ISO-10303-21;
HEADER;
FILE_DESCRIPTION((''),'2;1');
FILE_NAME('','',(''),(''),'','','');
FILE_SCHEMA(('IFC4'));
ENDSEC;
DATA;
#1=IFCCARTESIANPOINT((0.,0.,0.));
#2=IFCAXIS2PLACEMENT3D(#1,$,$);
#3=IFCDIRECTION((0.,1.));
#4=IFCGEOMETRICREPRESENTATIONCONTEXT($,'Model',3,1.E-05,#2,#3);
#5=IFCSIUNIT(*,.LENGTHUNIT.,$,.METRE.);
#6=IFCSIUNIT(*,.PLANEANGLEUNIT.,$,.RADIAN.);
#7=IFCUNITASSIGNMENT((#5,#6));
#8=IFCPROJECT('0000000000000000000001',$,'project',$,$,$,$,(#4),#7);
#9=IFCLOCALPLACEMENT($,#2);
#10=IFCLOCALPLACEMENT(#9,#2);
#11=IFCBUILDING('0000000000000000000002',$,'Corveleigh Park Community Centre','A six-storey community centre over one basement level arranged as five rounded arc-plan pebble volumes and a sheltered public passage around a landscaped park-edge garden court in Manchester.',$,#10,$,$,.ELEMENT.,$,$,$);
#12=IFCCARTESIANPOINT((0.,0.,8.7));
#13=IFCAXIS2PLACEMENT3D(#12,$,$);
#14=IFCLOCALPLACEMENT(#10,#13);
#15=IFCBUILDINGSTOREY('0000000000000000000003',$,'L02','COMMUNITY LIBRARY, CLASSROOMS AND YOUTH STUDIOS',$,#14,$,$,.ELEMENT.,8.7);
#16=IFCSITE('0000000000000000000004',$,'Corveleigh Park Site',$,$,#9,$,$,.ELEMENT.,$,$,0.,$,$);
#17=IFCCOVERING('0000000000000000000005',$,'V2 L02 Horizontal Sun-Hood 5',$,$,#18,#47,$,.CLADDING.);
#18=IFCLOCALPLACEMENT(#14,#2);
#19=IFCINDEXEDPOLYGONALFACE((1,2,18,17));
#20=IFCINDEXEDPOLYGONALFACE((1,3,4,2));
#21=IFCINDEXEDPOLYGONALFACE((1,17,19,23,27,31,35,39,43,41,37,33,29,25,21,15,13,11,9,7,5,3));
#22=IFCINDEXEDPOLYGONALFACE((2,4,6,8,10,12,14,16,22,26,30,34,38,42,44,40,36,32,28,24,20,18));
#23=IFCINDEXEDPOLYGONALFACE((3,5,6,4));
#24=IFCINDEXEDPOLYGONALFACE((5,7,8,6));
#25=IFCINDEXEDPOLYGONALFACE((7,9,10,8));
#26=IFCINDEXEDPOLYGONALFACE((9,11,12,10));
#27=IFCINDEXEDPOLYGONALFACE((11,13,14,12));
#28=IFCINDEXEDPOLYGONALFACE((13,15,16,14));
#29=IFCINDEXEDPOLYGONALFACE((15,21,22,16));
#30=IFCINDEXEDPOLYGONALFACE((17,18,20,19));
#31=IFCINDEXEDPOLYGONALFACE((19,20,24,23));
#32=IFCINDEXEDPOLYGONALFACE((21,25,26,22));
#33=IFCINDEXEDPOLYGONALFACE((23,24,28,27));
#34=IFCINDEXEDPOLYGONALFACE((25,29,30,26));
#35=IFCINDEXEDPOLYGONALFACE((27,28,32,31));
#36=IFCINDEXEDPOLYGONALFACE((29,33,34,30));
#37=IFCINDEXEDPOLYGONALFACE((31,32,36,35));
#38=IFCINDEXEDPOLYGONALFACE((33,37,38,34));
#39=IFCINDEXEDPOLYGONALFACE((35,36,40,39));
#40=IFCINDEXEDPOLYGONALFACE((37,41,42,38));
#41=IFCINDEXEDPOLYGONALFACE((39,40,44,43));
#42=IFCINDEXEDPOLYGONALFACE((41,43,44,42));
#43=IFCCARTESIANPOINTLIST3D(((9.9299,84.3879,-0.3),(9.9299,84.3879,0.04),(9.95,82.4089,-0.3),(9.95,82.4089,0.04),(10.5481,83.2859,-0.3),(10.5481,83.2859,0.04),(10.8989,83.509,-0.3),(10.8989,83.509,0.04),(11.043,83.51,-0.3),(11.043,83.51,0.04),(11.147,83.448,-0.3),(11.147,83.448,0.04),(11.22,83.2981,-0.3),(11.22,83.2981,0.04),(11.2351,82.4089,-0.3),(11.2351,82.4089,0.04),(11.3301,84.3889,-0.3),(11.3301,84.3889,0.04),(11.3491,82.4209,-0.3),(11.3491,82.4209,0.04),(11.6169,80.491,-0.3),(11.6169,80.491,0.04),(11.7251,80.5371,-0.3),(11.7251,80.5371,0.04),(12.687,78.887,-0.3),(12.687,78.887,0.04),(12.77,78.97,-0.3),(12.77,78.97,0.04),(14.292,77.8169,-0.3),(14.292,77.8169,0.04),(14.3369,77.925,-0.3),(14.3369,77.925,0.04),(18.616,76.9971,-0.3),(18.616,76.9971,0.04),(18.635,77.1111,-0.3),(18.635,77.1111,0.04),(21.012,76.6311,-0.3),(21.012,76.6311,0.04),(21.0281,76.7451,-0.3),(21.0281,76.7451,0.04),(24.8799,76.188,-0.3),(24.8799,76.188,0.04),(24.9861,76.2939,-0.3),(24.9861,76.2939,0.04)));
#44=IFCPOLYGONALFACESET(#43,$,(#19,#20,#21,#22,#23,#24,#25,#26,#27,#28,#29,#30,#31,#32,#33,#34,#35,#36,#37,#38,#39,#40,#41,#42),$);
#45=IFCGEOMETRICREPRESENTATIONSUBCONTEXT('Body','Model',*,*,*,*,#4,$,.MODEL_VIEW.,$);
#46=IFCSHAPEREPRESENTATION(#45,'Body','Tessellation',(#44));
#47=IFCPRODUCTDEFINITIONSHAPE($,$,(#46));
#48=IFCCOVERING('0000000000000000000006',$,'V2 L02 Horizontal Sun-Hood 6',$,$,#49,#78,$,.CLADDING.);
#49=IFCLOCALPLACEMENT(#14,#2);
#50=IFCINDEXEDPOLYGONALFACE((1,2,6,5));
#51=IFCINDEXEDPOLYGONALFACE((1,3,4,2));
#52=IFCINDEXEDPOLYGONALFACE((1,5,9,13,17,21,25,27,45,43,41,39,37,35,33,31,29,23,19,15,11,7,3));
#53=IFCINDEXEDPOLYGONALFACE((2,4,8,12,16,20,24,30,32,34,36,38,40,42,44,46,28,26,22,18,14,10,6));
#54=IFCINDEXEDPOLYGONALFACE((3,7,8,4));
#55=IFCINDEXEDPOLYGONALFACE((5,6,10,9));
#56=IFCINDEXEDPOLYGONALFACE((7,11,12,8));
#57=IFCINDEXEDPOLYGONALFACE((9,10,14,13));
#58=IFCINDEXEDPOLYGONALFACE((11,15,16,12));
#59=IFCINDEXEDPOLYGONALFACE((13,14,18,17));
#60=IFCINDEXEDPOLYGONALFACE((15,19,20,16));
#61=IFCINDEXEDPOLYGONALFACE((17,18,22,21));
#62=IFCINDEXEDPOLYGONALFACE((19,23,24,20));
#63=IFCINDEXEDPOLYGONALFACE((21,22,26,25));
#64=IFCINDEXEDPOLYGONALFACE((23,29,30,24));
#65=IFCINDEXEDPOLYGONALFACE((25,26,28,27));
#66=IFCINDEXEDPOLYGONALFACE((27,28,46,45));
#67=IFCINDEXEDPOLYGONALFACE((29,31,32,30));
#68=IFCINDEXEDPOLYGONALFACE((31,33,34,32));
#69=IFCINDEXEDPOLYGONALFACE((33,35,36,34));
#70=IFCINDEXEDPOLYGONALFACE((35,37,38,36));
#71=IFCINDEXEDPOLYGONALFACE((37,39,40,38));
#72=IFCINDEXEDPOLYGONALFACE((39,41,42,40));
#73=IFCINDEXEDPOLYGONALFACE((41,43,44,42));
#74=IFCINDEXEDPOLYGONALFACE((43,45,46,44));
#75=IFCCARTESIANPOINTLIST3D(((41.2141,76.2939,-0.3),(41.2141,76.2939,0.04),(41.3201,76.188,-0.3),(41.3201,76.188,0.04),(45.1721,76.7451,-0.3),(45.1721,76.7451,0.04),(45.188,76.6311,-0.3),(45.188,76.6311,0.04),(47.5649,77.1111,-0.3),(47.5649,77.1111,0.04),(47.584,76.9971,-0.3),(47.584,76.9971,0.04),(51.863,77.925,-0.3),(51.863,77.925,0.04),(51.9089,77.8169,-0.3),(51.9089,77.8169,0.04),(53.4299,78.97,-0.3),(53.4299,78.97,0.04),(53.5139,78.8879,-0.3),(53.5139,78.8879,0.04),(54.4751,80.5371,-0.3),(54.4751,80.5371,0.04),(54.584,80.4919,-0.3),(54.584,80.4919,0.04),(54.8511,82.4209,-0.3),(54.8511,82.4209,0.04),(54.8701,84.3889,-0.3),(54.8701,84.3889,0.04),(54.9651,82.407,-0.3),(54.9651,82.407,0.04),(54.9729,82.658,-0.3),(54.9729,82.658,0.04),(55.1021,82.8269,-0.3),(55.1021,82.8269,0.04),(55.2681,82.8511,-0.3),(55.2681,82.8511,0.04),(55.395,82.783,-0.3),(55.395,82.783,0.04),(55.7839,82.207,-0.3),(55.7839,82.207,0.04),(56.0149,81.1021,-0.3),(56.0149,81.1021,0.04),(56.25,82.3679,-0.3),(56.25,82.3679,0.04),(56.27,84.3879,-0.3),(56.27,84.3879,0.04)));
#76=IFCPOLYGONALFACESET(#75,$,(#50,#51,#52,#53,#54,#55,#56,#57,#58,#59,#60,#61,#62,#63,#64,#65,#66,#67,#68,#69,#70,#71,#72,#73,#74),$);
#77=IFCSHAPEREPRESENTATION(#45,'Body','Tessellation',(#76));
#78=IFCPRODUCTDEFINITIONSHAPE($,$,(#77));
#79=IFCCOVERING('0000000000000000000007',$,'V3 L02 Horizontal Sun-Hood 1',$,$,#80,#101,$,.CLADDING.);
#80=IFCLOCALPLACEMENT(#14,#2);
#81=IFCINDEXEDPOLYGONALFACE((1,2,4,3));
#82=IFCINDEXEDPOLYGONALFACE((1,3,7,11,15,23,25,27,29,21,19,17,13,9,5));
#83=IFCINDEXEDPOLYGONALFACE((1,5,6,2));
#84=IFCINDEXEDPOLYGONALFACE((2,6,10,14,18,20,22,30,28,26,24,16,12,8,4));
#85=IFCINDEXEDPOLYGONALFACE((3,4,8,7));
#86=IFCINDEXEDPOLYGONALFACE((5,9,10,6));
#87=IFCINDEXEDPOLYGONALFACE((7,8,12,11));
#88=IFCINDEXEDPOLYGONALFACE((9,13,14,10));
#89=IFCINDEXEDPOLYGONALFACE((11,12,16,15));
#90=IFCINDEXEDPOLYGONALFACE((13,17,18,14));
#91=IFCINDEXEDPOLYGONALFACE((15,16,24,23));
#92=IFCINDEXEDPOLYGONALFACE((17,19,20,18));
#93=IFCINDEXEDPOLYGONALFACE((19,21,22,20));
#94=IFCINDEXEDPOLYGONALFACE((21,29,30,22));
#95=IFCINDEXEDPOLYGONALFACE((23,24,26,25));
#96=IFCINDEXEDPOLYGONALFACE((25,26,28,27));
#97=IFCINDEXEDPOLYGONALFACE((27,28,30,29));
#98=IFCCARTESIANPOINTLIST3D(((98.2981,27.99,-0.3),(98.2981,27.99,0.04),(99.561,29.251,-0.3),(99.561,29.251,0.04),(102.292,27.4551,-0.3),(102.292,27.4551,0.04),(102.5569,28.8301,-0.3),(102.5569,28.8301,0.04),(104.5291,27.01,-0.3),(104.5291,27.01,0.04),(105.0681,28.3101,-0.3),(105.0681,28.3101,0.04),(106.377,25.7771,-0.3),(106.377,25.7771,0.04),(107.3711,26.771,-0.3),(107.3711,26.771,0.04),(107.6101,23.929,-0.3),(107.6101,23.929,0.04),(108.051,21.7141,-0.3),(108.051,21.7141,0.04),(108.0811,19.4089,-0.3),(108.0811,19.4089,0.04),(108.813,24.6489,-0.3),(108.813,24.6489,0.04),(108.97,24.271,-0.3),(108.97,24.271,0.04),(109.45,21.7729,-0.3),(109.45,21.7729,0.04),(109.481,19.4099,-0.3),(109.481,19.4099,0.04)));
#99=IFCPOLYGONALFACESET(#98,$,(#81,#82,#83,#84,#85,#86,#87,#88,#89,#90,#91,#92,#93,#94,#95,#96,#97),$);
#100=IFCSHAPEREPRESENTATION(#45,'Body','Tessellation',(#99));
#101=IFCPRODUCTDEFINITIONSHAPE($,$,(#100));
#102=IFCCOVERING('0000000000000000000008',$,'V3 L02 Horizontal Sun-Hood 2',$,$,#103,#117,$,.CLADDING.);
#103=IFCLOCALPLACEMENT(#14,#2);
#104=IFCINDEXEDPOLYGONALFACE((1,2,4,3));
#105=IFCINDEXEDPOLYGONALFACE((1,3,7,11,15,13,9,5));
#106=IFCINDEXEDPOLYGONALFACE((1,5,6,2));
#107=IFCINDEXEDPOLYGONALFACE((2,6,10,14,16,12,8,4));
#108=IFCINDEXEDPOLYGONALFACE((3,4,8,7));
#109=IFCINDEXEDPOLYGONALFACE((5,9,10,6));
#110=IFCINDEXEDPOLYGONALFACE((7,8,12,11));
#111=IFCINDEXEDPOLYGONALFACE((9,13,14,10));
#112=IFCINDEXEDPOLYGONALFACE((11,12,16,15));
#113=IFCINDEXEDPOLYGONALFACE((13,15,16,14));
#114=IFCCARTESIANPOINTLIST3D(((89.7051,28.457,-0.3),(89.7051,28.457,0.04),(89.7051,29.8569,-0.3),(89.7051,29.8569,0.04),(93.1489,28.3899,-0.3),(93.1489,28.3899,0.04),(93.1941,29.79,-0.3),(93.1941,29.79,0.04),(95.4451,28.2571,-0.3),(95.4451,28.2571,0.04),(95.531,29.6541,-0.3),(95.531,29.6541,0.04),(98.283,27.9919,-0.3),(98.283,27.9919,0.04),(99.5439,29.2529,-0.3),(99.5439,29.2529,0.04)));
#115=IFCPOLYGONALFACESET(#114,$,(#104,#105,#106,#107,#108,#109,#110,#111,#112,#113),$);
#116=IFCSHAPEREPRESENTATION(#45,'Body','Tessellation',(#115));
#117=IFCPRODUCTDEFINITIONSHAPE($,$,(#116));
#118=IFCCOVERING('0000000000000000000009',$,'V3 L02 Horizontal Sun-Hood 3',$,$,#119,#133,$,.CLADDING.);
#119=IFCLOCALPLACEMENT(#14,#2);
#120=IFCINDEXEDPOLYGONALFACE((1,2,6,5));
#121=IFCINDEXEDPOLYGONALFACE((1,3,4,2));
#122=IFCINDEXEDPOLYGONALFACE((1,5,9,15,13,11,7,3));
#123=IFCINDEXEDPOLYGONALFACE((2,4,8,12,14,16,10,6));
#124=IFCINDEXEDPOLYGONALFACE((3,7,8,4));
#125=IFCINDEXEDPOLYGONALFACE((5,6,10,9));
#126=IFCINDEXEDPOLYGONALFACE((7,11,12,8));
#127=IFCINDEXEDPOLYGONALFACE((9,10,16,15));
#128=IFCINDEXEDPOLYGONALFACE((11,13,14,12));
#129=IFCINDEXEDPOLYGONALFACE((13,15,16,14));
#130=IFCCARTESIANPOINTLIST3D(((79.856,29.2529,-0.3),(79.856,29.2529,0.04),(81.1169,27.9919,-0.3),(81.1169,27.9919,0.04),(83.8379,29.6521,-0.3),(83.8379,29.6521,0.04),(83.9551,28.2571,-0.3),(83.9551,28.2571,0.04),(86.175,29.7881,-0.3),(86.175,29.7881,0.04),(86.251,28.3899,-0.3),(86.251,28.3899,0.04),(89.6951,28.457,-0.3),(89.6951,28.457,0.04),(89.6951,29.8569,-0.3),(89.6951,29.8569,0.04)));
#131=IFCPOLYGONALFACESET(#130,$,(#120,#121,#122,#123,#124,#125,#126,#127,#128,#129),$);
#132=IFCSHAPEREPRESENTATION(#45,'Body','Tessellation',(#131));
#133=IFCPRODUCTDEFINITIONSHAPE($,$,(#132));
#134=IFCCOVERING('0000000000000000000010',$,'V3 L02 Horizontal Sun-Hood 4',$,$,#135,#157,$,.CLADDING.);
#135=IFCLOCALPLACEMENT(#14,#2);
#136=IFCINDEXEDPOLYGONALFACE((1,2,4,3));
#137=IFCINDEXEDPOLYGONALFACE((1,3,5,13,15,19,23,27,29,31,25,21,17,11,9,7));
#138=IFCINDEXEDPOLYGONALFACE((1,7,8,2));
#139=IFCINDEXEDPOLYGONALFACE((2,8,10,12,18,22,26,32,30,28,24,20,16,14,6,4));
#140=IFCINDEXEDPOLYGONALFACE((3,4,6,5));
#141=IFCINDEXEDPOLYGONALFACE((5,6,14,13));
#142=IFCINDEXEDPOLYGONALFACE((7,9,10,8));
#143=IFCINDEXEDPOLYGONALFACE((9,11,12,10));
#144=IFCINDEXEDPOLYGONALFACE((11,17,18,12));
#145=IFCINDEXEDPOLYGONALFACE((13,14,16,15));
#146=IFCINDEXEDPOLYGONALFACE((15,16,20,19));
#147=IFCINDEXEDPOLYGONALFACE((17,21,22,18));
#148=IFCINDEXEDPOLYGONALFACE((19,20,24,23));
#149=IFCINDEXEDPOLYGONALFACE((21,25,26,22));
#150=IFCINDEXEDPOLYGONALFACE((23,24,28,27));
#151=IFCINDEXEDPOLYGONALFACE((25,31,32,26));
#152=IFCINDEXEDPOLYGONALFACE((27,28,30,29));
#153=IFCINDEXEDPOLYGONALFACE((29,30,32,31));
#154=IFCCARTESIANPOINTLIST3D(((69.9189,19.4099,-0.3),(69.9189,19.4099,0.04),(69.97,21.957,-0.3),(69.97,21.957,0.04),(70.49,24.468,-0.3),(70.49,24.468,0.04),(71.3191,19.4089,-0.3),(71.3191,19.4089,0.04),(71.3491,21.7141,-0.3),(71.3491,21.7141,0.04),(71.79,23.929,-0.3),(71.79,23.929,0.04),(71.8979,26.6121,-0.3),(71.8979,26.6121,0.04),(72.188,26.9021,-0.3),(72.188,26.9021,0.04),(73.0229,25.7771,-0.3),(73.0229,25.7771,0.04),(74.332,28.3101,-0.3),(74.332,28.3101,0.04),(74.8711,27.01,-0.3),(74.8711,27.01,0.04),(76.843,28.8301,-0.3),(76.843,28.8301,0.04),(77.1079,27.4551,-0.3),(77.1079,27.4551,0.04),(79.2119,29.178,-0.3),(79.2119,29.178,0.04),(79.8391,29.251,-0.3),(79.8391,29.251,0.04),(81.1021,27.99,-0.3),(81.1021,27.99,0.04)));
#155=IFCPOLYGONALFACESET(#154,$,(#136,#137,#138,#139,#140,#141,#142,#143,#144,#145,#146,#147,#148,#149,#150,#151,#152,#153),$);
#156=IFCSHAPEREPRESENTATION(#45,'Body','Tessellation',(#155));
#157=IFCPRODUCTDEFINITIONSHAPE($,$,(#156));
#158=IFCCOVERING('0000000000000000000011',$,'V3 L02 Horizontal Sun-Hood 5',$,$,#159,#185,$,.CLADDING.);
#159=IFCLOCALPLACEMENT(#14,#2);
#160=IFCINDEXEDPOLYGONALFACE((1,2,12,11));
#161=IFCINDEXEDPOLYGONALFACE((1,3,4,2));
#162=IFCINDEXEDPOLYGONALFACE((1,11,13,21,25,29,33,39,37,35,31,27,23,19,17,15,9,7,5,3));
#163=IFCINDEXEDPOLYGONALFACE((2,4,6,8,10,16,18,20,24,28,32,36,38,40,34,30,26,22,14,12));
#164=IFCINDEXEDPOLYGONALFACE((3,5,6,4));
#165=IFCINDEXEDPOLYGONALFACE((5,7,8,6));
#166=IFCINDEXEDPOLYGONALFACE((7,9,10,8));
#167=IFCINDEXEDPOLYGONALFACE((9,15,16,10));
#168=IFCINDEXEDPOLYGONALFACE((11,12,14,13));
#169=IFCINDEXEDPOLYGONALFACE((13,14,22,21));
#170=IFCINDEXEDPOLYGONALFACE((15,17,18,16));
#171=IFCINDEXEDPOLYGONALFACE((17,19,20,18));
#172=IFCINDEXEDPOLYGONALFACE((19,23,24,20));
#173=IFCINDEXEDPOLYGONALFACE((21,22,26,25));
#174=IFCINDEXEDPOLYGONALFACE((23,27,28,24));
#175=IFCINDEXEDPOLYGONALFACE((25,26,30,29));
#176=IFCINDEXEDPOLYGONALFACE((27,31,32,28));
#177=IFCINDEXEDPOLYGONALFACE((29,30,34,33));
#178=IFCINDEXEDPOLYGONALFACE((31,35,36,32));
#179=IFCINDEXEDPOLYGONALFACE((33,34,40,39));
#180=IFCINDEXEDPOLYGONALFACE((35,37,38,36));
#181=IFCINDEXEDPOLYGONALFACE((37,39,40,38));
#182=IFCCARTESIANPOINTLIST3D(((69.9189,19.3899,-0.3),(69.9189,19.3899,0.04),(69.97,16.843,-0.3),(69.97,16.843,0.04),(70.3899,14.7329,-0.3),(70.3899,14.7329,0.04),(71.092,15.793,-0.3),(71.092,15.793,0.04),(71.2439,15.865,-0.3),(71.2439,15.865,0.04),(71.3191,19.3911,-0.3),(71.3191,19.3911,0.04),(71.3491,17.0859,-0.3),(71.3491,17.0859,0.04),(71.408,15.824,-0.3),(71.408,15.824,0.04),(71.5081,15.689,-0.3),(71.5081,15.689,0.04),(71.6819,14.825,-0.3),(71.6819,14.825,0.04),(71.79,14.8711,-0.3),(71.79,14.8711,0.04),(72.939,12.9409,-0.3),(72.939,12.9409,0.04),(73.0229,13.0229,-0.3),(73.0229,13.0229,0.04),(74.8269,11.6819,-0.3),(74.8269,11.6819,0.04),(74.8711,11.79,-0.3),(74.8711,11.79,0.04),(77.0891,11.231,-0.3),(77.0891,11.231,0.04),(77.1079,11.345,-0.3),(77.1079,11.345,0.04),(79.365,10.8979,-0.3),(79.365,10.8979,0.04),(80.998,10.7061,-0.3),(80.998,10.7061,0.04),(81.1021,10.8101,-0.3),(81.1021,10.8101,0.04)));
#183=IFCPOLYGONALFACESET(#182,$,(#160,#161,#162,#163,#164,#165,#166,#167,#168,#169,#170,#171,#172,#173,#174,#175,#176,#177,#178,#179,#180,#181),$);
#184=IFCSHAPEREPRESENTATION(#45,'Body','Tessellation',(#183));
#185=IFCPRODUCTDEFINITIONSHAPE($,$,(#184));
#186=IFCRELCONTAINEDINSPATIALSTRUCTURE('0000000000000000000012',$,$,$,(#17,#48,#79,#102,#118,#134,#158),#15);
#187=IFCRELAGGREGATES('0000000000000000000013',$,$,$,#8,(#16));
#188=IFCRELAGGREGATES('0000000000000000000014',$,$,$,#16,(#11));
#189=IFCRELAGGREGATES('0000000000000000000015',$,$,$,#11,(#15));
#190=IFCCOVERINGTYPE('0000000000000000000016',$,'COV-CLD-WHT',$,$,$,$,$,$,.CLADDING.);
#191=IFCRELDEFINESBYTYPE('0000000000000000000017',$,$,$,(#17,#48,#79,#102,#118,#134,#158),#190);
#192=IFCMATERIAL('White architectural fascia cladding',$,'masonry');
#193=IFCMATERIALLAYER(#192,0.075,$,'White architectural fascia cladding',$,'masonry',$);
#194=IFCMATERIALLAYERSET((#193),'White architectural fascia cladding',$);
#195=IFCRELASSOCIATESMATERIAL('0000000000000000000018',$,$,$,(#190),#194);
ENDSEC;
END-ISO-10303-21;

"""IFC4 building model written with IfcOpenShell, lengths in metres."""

from ifc_helpers import new_model, si_unit, direction, frame, origin, place, context, subcontext, project, spatial, polyline, outline, extrude, material, layer, layer_set, type_object, element, save


model = new_model("IFC4")

# Units and contexts
model_context = context("Model", 3, precision=1e-05, world=origin(), true_north=direction((0.0, 1.0)))
body_context = subcontext(model_context, "Body", "Model", "MODEL_VIEW")
ifc_project = project(units=[si_unit("LENGTHUNIT", "METRE"), si_unit("PLANEANGLEUNIT", "RADIAN")], contexts=[model_context])

# Site, building, storey
site_placement = place(None, origin())
site = spatial("IfcSite", under=ifc_project, at=site_placement, Name="Corveleigh Park Site", CompositionType="ELEMENT", RefElevation=0.0)
building_placement = place(site_placement, origin())
building = spatial("IfcBuilding", under=site, at=building_placement, Name="Corveleigh Park Community Centre", Description="A six-storey community centre over one basement level arranged as five rounded arc-plan pebble volumes and a sheltered public passage around a landscaped park-edge garden court in Manchester.", CompositionType="ELEMENT")
storey_placement = place(building_placement, frame((0.0, 0.0, 8.7)))
storey = spatial("IfcBuildingStorey", under=building, at=storey_placement, Name="L02", Description="COMMUNITY LIBRARY, CLASSROOMS AND YOUTH STUDIOS", CompositionType="ELEMENT", Elevation=8.7)

# Coverings
ifc_material_1 = material(Name="White architectural fascia cladding", Category="masonry")
ifc_layer_1 = layer(ifc_material_1, 0.075, Name="White architectural fascia cladding", Category="masonry")
ifc_layer_set_1 = layer_set([ifc_layer_1], Name="White architectural fascia cladding")
covering_type = type_object("IfcCoveringType", Name="COV-CLD-WHT", PredefinedType="CLADDING", material=ifc_layer_set_1)
covering_1_placement = place(storey_placement, frame((0.0, 0.0, -0.3)))
element("IfcCovering", 1, at=covering_1_placement, inside=storey, type_object=covering_type, Name="V2 L02 Horizontal Sun-Hood 5", PredefinedType="CLADDING", context=body_context, shape_type="SweptSolid", body=[
    extrude(outline(polyline([(9.9299, 84.3879), (11.3301, 84.3889), (11.3491, 82.4209), (11.7251, 80.5371), (12.77, 78.97), (14.3369, 77.925), (18.635, 77.1111), (21.0281, 76.7451), (24.9861, 76.2939), (24.8799, 76.188), (21.012, 76.6311), (18.616, 76.9971), (14.292, 77.8169), (12.687, 78.887), (11.6169, 80.491), (11.2351, 82.4089), (11.22, 83.2981), (11.147, 83.448), (11.043, 83.51), (10.8989, 83.509), (10.5481, 83.2859), (9.95, 82.4089), (9.9299, 84.3879)])), origin(), (0.0, 0.0, 1.0), 0.3401),
])
covering_2_placement = place(storey_placement, frame((0.0, 0.0, -0.3)))
element("IfcCovering", 2, at=covering_2_placement, inside=storey, type_object=covering_type, Name="V2 L02 Horizontal Sun-Hood 6", PredefinedType="CLADDING", context=body_context, shape_type="SweptSolid", body=[
    extrude(outline(polyline([(56.27, 84.3879), (56.25, 82.3679), (56.0149, 81.1021), (55.7839, 82.207), (55.395, 82.783), (55.2681, 82.8511), (55.1021, 82.8269), (54.9729, 82.658), (54.9651, 82.407), (54.584, 80.4919), (53.5139, 78.8879), (51.9089, 77.8169), (47.584, 76.9971), (45.188, 76.6311), (41.3201, 76.188), (41.2141, 76.2939), (45.1721, 76.7451), (47.5649, 77.1111), (51.863, 77.925), (53.4299, 78.97), (54.4751, 80.5371), (54.8511, 82.4209), (54.8701, 84.3889), (56.27, 84.3879)])), origin(), (0.0, 0.0, 1.0), 0.3401),
])
covering_3_placement = place(storey_placement, frame((0.0, 0.0, -0.3)))
element("IfcCovering", 3, at=covering_3_placement, inside=storey, type_object=covering_type, Name="V3 L02 Horizontal Sun-Hood 1", PredefinedType="CLADDING", context=body_context, shape_type="SweptSolid", body=[
    extrude(outline(polyline([(99.561, 29.251), (102.5569, 28.8301), (105.0681, 28.3101), (107.3711, 26.771), (108.813, 24.6489), (108.97, 24.271), (109.45, 21.7729), (109.481, 19.4099), (108.0811, 19.4089), (108.051, 21.7141), (107.6101, 23.929), (106.377, 25.7771), (104.5291, 27.01), (102.292, 27.4551), (98.2981, 27.99), (99.561, 29.251)])), origin(), (0.0, 0.0, 1.0), 0.3401),
])
covering_4_placement = place(storey_placement, frame((0.0, 0.0, -0.3)))
element("IfcCovering", 4, at=covering_4_placement, inside=storey, type_object=covering_type, Name="V3 L02 Horizontal Sun-Hood 2", PredefinedType="CLADDING", context=body_context, shape_type="SweptSolid", body=[
    extrude(outline(polyline([(89.7051, 29.8569), (93.1941, 29.79), (95.531, 29.6541), (99.5439, 29.2529), (98.283, 27.9919), (95.4451, 28.2571), (93.1489, 28.3899), (89.7051, 28.457), (89.7051, 29.8569)])), origin(), (0.0, 0.0, 1.0), 0.3401),
])
covering_5_placement = place(storey_placement, frame((0.0, 0.0, -0.3)))
element("IfcCovering", 5, at=covering_5_placement, inside=storey, type_object=covering_type, Name="V3 L02 Horizontal Sun-Hood 3", PredefinedType="CLADDING", context=body_context, shape_type="SweptSolid", body=[
    extrude(outline(polyline([(79.856, 29.2529), (83.8379, 29.6521), (86.175, 29.7881), (89.6951, 29.8569), (89.6951, 28.457), (86.251, 28.3899), (83.9551, 28.2571), (81.1169, 27.9919), (79.856, 29.2529)])), origin(), (0.0, 0.0, 1.0), 0.3401),
])
covering_6_placement = place(storey_placement, frame((0.0, 0.0, -0.3)))
element("IfcCovering", 6, at=covering_6_placement, inside=storey, type_object=covering_type, Name="V3 L02 Horizontal Sun-Hood 4", PredefinedType="CLADDING", context=body_context, shape_type="SweptSolid", body=[
    extrude(outline(polyline([(69.9189, 19.4099), (69.97, 21.957), (70.49, 24.468), (71.8979, 26.6121), (72.188, 26.9021), (74.332, 28.3101), (76.843, 28.8301), (79.2119, 29.178), (79.8391, 29.251), (81.1021, 27.99), (77.1079, 27.4551), (74.8711, 27.01), (73.0229, 25.7771), (71.79, 23.929), (71.3491, 21.7141), (71.3191, 19.4089), (69.9189, 19.4099)])), origin(), (0.0, 0.0, 1.0), 0.3401),
])
covering_7_placement = place(storey_placement, frame((0.0, 0.0, -0.3)))
element("IfcCovering", 7, at=covering_7_placement, inside=storey, type_object=covering_type, Name="V3 L02 Horizontal Sun-Hood 5", PredefinedType="CLADDING", context=body_context, shape_type="SweptSolid", body=[
    extrude(outline(polyline([(69.97, 16.843), (69.9189, 19.3899), (71.3191, 19.3911), (71.3491, 17.0859), (71.79, 14.8711), (73.0229, 13.0229), (74.8711, 11.79), (77.1079, 11.345), (81.1021, 10.8101), (80.998, 10.7061), (79.365, 10.8979), (77.0891, 11.231), (74.8269, 11.6819), (72.939, 12.9409), (71.6819, 14.825), (71.5081, 15.689), (71.408, 15.824), (71.2439, 15.865), (71.092, 15.793), (70.3899, 14.7329), (69.97, 16.843)])), origin(), (0.0, 0.0, 1.0), 0.3401),
])

save(model, "model.ifc")
